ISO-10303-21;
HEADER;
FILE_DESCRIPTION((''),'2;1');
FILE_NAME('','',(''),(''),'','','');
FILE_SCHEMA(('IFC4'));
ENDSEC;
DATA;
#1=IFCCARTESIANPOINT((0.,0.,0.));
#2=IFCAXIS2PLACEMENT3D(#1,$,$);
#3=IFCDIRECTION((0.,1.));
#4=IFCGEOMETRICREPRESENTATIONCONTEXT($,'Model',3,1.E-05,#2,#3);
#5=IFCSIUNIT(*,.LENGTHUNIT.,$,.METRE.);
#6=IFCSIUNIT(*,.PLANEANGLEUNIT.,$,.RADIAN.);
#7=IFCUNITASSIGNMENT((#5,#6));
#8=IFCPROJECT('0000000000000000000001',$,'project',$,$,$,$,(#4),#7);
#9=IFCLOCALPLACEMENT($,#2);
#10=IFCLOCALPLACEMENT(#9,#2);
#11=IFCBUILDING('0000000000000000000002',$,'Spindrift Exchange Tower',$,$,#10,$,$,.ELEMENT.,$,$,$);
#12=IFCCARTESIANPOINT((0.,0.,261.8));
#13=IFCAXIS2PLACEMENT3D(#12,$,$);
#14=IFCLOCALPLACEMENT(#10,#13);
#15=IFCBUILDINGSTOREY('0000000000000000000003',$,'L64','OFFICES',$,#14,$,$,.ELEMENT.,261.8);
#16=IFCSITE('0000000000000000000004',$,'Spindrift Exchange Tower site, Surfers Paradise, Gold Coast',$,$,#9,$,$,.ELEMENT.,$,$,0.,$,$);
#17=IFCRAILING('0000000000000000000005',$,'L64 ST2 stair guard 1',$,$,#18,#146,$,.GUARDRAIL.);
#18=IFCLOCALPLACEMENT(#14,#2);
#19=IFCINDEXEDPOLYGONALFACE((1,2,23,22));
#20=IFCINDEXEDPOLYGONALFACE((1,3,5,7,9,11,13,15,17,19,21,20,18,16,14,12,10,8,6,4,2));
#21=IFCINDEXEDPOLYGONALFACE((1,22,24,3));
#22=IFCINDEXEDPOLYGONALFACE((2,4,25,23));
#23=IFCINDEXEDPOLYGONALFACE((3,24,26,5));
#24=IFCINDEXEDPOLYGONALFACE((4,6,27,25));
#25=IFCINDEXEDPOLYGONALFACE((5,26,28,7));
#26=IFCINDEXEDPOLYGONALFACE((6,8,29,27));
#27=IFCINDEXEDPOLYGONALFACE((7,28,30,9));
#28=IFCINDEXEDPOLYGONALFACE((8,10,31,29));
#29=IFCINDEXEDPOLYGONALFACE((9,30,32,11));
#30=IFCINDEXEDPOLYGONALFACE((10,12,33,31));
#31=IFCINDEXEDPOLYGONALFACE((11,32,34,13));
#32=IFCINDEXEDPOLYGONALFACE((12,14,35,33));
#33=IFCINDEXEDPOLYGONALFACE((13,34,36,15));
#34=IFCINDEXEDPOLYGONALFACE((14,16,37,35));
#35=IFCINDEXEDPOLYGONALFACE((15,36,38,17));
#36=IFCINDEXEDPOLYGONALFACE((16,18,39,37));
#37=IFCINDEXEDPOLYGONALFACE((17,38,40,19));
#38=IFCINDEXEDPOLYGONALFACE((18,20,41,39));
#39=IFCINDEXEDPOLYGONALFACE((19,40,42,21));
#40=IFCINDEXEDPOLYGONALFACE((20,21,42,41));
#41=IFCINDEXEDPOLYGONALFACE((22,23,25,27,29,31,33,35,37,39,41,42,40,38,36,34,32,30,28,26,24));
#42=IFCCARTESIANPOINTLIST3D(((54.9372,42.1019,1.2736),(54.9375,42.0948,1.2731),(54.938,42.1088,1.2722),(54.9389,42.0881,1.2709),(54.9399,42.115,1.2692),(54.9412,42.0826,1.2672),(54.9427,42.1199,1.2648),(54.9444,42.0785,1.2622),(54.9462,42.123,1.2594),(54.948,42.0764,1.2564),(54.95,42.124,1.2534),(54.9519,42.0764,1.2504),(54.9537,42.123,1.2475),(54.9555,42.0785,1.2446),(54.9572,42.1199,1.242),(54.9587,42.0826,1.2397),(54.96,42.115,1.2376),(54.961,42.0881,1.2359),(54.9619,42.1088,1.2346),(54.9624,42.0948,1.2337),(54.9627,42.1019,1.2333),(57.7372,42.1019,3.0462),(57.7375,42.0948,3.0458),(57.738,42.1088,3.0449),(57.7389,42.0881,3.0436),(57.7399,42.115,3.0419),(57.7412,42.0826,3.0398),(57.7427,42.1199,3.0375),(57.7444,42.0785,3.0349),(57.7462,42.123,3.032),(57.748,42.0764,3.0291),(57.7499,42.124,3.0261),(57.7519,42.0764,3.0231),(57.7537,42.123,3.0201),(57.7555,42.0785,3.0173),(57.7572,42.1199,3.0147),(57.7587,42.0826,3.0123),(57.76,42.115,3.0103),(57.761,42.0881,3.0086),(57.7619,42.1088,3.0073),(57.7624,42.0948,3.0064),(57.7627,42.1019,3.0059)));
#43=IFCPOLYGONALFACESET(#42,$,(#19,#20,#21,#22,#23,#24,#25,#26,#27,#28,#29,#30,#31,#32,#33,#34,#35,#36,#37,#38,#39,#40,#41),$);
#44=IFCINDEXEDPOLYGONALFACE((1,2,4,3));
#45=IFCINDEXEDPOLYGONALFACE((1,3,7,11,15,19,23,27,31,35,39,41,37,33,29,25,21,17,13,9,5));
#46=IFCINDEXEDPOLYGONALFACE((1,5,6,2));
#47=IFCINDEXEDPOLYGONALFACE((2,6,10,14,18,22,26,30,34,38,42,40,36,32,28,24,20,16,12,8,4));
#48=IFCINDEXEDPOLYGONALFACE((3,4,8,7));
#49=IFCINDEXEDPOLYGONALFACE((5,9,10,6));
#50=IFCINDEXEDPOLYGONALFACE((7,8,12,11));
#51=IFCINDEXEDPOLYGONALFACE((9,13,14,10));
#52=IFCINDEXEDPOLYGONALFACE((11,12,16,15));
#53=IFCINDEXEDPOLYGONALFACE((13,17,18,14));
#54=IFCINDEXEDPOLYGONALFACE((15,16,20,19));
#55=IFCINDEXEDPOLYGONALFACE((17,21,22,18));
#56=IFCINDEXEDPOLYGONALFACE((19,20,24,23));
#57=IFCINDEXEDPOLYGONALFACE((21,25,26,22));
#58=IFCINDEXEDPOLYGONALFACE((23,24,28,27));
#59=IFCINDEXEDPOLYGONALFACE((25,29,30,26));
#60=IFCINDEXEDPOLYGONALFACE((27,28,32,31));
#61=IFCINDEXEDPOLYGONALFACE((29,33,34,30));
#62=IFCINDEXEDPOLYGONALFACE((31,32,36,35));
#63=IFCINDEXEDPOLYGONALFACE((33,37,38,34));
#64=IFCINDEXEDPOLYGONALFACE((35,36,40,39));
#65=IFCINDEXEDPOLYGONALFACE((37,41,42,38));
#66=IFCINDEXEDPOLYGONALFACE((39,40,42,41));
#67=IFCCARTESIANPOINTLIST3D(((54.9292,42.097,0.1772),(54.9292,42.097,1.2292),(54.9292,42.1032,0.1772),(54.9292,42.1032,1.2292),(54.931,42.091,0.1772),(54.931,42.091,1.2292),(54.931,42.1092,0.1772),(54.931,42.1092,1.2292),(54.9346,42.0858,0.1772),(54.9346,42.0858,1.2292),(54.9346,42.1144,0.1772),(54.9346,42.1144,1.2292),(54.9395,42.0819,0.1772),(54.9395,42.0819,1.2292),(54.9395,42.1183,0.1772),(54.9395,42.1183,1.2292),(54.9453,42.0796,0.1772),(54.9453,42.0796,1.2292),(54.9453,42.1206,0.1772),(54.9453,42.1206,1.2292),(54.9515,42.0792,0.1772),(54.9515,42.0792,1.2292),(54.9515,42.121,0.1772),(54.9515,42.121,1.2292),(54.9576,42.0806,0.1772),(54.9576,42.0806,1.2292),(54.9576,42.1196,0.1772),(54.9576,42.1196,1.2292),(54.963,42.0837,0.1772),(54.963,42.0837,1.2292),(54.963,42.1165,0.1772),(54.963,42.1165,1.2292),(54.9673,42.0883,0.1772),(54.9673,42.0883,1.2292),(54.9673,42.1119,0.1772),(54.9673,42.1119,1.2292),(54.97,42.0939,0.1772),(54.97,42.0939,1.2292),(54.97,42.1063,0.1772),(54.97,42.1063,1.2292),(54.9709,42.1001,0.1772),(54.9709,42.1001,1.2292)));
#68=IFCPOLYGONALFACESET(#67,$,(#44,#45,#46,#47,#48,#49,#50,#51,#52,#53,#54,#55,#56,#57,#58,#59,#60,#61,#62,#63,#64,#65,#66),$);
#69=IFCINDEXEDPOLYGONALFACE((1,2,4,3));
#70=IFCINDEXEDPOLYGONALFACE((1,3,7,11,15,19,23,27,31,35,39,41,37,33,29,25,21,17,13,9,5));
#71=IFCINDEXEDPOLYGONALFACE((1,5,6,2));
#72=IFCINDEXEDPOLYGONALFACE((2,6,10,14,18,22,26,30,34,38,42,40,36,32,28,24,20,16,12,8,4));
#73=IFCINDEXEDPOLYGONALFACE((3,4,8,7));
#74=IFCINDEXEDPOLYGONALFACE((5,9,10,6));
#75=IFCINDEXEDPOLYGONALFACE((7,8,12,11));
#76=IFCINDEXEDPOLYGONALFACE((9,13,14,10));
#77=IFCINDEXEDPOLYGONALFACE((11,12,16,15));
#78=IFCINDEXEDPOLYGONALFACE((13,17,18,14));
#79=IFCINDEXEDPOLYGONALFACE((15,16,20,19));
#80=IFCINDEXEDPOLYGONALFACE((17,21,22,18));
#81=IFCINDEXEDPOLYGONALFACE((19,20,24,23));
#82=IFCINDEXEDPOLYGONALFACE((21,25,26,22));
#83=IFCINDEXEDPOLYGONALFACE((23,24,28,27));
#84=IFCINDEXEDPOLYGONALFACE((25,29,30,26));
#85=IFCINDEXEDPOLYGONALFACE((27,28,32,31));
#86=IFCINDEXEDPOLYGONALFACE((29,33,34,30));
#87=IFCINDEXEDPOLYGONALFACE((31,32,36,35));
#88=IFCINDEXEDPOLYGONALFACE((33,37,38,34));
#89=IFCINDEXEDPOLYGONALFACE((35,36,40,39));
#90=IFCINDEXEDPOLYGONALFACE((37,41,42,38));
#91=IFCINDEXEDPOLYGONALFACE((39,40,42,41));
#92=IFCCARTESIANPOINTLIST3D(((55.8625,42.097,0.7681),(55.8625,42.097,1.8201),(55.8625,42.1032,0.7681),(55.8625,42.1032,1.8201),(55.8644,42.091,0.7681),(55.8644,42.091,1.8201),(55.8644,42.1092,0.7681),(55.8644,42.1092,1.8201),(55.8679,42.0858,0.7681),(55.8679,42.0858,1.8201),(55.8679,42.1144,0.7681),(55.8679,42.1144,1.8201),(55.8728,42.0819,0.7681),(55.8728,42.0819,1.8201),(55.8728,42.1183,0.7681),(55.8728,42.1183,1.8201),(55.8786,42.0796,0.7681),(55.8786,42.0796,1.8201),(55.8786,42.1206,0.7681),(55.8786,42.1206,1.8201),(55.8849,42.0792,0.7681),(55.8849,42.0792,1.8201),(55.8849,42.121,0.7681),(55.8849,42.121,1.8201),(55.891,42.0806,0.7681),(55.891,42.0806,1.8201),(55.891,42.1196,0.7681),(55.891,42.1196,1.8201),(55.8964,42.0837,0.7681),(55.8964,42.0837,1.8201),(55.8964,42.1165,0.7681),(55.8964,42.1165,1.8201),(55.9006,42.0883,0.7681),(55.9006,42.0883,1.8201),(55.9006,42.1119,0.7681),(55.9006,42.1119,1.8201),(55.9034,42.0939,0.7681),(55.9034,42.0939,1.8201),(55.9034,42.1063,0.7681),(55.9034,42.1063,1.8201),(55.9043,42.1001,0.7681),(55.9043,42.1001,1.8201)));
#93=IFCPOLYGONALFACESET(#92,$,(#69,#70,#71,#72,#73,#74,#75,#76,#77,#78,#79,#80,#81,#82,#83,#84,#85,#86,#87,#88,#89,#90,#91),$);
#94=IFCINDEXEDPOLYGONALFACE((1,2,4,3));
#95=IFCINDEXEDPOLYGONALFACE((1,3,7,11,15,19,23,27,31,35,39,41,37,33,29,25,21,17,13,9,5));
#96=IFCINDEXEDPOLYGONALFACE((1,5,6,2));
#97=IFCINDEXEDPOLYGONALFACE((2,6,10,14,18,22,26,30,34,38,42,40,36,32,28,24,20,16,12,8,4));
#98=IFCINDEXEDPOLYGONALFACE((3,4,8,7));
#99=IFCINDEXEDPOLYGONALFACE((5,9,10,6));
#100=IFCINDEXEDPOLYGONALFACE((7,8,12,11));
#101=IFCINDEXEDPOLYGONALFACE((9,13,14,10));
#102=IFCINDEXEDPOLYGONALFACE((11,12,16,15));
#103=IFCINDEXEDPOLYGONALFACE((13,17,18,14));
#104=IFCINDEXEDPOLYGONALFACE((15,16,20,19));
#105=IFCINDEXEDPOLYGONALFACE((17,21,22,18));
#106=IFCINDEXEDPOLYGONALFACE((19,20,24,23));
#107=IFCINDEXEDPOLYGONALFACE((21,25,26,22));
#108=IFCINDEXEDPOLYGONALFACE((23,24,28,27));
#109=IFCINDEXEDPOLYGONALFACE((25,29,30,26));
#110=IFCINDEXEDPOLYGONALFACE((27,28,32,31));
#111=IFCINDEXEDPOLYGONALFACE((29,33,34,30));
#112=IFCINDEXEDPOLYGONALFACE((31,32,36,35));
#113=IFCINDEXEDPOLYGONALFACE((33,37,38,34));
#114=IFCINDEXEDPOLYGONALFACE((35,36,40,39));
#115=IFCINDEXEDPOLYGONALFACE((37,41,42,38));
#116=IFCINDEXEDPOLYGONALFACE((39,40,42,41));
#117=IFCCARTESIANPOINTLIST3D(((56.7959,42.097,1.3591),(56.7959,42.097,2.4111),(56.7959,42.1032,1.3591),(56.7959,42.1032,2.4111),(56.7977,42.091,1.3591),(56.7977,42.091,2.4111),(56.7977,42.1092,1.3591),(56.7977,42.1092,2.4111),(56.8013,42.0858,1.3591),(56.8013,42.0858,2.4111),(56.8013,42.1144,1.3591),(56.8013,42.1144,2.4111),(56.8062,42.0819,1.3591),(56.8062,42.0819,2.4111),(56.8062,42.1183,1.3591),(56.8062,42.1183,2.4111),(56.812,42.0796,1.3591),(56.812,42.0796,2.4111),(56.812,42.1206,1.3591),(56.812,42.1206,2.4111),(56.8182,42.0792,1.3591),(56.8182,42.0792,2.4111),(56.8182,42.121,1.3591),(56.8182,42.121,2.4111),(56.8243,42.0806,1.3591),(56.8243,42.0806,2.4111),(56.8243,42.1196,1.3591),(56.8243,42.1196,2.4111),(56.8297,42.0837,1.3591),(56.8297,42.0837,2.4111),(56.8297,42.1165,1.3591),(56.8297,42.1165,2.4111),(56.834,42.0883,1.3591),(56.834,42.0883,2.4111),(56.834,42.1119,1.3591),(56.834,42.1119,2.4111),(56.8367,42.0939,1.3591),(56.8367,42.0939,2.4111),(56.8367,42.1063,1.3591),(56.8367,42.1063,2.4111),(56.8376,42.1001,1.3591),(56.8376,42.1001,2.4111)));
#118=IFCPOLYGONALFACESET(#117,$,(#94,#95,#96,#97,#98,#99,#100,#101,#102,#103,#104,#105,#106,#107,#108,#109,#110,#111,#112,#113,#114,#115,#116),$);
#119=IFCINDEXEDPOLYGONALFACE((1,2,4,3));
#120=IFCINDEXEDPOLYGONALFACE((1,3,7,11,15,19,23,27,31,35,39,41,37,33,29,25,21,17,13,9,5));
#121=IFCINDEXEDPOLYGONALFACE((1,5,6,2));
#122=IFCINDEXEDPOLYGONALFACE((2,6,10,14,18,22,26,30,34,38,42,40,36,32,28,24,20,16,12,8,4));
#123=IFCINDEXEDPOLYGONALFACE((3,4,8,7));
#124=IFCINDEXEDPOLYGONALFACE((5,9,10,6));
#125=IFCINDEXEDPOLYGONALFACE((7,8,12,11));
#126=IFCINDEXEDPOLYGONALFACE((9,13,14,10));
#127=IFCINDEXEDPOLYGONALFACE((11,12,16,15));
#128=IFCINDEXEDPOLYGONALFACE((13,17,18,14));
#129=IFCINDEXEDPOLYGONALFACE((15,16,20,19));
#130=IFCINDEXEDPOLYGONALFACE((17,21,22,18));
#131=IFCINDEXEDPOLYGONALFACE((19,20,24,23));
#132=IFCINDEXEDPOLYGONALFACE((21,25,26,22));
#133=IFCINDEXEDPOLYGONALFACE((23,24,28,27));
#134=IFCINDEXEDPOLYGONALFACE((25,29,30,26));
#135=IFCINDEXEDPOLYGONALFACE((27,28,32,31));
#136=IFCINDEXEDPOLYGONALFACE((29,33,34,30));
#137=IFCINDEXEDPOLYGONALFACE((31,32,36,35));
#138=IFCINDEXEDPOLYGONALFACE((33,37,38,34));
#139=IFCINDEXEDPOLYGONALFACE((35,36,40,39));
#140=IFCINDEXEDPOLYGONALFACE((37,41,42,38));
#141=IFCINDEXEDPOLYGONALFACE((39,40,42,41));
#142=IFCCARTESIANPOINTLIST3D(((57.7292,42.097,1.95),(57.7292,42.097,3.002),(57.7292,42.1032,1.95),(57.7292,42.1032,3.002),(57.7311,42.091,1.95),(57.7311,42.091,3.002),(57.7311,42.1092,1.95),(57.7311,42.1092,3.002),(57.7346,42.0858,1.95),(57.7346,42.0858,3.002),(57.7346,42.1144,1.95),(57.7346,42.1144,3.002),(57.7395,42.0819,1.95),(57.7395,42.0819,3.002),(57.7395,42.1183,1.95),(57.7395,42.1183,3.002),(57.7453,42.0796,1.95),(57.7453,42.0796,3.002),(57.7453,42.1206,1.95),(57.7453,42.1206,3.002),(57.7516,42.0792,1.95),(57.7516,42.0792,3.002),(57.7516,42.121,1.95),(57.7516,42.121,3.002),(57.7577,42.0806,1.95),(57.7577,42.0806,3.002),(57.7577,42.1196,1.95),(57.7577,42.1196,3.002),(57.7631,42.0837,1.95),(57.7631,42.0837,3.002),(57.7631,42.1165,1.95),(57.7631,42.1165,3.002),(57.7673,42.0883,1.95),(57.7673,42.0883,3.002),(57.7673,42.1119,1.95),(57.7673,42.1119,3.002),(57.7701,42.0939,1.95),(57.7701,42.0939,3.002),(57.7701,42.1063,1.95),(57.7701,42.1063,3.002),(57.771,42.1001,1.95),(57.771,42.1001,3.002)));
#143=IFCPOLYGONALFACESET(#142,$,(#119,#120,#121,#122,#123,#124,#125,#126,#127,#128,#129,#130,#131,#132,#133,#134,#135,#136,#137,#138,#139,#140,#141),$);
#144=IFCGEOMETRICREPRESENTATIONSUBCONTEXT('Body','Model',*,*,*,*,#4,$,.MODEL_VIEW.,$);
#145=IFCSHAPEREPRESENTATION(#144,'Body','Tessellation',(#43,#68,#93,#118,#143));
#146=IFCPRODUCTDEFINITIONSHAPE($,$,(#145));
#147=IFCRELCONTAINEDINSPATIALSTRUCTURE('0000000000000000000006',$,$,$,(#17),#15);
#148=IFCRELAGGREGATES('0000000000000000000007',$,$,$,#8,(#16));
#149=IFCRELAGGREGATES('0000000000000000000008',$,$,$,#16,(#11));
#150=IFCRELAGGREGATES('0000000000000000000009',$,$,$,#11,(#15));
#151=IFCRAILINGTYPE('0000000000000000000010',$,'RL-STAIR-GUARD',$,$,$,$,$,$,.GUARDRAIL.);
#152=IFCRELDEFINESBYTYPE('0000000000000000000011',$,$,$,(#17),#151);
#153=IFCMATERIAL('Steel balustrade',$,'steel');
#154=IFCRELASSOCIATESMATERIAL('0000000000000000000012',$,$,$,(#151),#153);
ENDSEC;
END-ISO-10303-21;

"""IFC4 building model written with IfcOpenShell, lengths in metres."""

from ifc_helpers import new_model, si_unit, direction, frame, origin, origin_2d, place, context, subcontext, project, spatial, circle, extrude, material, type_object, element, save


model = new_model("IFC4")

# Units and contexts
model_context = context("Model", 3, precision=1e-05, world=origin(), true_north=direction((0.0, 1.0)))
body_context = subcontext(model_context, "Body", "Model", "MODEL_VIEW")
ifc_project = project(units=[si_unit("LENGTHUNIT", "METRE"), si_unit("PLANEANGLEUNIT", "RADIAN")], contexts=[model_context])

# Site, building, storey
site_placement = place(None, origin())
site = spatial("IfcSite", under=ifc_project, at=site_placement, Name="Spindrift Exchange Tower site, Surfers Paradise, Gold Coast", CompositionType="ELEMENT", RefElevation=0.0)
building_placement = place(site_placement, origin())
building = spatial("IfcBuilding", under=site, at=building_placement, Name="Spindrift Exchange Tower", CompositionType="ELEMENT")
storey_placement = place(building_placement, frame((0.0, 0.0, 261.8)))
storey = spatial("IfcBuildingStorey", under=building, at=storey_placement, Name="L64", Description="OFFICES", CompositionType="ELEMENT", Elevation=261.8)

# Railing
ifc_material_1 = material(Name="Steel balustrade", Category="steel")
railing_type_1 = type_object("IfcRailingType", Name="RL-STAIR-GUARD", PredefinedType="GUARDRAIL", material=ifc_material_1)
railing_1_placement = place(storey_placement, frame((54.95, 42.1001, 0.1772)))
element("IfcRailing", 1, at=railing_1_placement, inside=storey, type_object=railing_type_1, Name="L64 ST2 stair guard 1", PredefinedType="GUARDRAIL", context=body_context, shape_type="SweptSolid", body=[
    extrude(circle(Radius=0.0239, at=origin_2d()), frame((0.0, 0.0, 1.0762), z_axis=(0.844909, 0.0, 0.53491), x_axis=(0.0, 1.0, 0.0)), (0.0, 0.0, 1.0), 3.314),
    extrude(circle(Radius=0.021, at=origin_2d()), origin(), (0.0, 0.0, 1.0), 1.052),
    extrude(circle(Radius=0.021, at=origin_2d()), frame((0.9333, 0.0, 0.5908)), (0.0, 0.0, 1.0), 1.052),
    extrude(circle(Radius=0.021, at=origin_2d()), frame((1.8667, 0.0, 1.1819)), (0.0, 0.0, 1.0), 1.052),
    extrude(circle(Radius=0.021, at=origin_2d()), frame((2.8, 0.0, 1.7727)), (0.0, 0.0, 1.0), 1.052),
])

save(model, "model.ifc")
